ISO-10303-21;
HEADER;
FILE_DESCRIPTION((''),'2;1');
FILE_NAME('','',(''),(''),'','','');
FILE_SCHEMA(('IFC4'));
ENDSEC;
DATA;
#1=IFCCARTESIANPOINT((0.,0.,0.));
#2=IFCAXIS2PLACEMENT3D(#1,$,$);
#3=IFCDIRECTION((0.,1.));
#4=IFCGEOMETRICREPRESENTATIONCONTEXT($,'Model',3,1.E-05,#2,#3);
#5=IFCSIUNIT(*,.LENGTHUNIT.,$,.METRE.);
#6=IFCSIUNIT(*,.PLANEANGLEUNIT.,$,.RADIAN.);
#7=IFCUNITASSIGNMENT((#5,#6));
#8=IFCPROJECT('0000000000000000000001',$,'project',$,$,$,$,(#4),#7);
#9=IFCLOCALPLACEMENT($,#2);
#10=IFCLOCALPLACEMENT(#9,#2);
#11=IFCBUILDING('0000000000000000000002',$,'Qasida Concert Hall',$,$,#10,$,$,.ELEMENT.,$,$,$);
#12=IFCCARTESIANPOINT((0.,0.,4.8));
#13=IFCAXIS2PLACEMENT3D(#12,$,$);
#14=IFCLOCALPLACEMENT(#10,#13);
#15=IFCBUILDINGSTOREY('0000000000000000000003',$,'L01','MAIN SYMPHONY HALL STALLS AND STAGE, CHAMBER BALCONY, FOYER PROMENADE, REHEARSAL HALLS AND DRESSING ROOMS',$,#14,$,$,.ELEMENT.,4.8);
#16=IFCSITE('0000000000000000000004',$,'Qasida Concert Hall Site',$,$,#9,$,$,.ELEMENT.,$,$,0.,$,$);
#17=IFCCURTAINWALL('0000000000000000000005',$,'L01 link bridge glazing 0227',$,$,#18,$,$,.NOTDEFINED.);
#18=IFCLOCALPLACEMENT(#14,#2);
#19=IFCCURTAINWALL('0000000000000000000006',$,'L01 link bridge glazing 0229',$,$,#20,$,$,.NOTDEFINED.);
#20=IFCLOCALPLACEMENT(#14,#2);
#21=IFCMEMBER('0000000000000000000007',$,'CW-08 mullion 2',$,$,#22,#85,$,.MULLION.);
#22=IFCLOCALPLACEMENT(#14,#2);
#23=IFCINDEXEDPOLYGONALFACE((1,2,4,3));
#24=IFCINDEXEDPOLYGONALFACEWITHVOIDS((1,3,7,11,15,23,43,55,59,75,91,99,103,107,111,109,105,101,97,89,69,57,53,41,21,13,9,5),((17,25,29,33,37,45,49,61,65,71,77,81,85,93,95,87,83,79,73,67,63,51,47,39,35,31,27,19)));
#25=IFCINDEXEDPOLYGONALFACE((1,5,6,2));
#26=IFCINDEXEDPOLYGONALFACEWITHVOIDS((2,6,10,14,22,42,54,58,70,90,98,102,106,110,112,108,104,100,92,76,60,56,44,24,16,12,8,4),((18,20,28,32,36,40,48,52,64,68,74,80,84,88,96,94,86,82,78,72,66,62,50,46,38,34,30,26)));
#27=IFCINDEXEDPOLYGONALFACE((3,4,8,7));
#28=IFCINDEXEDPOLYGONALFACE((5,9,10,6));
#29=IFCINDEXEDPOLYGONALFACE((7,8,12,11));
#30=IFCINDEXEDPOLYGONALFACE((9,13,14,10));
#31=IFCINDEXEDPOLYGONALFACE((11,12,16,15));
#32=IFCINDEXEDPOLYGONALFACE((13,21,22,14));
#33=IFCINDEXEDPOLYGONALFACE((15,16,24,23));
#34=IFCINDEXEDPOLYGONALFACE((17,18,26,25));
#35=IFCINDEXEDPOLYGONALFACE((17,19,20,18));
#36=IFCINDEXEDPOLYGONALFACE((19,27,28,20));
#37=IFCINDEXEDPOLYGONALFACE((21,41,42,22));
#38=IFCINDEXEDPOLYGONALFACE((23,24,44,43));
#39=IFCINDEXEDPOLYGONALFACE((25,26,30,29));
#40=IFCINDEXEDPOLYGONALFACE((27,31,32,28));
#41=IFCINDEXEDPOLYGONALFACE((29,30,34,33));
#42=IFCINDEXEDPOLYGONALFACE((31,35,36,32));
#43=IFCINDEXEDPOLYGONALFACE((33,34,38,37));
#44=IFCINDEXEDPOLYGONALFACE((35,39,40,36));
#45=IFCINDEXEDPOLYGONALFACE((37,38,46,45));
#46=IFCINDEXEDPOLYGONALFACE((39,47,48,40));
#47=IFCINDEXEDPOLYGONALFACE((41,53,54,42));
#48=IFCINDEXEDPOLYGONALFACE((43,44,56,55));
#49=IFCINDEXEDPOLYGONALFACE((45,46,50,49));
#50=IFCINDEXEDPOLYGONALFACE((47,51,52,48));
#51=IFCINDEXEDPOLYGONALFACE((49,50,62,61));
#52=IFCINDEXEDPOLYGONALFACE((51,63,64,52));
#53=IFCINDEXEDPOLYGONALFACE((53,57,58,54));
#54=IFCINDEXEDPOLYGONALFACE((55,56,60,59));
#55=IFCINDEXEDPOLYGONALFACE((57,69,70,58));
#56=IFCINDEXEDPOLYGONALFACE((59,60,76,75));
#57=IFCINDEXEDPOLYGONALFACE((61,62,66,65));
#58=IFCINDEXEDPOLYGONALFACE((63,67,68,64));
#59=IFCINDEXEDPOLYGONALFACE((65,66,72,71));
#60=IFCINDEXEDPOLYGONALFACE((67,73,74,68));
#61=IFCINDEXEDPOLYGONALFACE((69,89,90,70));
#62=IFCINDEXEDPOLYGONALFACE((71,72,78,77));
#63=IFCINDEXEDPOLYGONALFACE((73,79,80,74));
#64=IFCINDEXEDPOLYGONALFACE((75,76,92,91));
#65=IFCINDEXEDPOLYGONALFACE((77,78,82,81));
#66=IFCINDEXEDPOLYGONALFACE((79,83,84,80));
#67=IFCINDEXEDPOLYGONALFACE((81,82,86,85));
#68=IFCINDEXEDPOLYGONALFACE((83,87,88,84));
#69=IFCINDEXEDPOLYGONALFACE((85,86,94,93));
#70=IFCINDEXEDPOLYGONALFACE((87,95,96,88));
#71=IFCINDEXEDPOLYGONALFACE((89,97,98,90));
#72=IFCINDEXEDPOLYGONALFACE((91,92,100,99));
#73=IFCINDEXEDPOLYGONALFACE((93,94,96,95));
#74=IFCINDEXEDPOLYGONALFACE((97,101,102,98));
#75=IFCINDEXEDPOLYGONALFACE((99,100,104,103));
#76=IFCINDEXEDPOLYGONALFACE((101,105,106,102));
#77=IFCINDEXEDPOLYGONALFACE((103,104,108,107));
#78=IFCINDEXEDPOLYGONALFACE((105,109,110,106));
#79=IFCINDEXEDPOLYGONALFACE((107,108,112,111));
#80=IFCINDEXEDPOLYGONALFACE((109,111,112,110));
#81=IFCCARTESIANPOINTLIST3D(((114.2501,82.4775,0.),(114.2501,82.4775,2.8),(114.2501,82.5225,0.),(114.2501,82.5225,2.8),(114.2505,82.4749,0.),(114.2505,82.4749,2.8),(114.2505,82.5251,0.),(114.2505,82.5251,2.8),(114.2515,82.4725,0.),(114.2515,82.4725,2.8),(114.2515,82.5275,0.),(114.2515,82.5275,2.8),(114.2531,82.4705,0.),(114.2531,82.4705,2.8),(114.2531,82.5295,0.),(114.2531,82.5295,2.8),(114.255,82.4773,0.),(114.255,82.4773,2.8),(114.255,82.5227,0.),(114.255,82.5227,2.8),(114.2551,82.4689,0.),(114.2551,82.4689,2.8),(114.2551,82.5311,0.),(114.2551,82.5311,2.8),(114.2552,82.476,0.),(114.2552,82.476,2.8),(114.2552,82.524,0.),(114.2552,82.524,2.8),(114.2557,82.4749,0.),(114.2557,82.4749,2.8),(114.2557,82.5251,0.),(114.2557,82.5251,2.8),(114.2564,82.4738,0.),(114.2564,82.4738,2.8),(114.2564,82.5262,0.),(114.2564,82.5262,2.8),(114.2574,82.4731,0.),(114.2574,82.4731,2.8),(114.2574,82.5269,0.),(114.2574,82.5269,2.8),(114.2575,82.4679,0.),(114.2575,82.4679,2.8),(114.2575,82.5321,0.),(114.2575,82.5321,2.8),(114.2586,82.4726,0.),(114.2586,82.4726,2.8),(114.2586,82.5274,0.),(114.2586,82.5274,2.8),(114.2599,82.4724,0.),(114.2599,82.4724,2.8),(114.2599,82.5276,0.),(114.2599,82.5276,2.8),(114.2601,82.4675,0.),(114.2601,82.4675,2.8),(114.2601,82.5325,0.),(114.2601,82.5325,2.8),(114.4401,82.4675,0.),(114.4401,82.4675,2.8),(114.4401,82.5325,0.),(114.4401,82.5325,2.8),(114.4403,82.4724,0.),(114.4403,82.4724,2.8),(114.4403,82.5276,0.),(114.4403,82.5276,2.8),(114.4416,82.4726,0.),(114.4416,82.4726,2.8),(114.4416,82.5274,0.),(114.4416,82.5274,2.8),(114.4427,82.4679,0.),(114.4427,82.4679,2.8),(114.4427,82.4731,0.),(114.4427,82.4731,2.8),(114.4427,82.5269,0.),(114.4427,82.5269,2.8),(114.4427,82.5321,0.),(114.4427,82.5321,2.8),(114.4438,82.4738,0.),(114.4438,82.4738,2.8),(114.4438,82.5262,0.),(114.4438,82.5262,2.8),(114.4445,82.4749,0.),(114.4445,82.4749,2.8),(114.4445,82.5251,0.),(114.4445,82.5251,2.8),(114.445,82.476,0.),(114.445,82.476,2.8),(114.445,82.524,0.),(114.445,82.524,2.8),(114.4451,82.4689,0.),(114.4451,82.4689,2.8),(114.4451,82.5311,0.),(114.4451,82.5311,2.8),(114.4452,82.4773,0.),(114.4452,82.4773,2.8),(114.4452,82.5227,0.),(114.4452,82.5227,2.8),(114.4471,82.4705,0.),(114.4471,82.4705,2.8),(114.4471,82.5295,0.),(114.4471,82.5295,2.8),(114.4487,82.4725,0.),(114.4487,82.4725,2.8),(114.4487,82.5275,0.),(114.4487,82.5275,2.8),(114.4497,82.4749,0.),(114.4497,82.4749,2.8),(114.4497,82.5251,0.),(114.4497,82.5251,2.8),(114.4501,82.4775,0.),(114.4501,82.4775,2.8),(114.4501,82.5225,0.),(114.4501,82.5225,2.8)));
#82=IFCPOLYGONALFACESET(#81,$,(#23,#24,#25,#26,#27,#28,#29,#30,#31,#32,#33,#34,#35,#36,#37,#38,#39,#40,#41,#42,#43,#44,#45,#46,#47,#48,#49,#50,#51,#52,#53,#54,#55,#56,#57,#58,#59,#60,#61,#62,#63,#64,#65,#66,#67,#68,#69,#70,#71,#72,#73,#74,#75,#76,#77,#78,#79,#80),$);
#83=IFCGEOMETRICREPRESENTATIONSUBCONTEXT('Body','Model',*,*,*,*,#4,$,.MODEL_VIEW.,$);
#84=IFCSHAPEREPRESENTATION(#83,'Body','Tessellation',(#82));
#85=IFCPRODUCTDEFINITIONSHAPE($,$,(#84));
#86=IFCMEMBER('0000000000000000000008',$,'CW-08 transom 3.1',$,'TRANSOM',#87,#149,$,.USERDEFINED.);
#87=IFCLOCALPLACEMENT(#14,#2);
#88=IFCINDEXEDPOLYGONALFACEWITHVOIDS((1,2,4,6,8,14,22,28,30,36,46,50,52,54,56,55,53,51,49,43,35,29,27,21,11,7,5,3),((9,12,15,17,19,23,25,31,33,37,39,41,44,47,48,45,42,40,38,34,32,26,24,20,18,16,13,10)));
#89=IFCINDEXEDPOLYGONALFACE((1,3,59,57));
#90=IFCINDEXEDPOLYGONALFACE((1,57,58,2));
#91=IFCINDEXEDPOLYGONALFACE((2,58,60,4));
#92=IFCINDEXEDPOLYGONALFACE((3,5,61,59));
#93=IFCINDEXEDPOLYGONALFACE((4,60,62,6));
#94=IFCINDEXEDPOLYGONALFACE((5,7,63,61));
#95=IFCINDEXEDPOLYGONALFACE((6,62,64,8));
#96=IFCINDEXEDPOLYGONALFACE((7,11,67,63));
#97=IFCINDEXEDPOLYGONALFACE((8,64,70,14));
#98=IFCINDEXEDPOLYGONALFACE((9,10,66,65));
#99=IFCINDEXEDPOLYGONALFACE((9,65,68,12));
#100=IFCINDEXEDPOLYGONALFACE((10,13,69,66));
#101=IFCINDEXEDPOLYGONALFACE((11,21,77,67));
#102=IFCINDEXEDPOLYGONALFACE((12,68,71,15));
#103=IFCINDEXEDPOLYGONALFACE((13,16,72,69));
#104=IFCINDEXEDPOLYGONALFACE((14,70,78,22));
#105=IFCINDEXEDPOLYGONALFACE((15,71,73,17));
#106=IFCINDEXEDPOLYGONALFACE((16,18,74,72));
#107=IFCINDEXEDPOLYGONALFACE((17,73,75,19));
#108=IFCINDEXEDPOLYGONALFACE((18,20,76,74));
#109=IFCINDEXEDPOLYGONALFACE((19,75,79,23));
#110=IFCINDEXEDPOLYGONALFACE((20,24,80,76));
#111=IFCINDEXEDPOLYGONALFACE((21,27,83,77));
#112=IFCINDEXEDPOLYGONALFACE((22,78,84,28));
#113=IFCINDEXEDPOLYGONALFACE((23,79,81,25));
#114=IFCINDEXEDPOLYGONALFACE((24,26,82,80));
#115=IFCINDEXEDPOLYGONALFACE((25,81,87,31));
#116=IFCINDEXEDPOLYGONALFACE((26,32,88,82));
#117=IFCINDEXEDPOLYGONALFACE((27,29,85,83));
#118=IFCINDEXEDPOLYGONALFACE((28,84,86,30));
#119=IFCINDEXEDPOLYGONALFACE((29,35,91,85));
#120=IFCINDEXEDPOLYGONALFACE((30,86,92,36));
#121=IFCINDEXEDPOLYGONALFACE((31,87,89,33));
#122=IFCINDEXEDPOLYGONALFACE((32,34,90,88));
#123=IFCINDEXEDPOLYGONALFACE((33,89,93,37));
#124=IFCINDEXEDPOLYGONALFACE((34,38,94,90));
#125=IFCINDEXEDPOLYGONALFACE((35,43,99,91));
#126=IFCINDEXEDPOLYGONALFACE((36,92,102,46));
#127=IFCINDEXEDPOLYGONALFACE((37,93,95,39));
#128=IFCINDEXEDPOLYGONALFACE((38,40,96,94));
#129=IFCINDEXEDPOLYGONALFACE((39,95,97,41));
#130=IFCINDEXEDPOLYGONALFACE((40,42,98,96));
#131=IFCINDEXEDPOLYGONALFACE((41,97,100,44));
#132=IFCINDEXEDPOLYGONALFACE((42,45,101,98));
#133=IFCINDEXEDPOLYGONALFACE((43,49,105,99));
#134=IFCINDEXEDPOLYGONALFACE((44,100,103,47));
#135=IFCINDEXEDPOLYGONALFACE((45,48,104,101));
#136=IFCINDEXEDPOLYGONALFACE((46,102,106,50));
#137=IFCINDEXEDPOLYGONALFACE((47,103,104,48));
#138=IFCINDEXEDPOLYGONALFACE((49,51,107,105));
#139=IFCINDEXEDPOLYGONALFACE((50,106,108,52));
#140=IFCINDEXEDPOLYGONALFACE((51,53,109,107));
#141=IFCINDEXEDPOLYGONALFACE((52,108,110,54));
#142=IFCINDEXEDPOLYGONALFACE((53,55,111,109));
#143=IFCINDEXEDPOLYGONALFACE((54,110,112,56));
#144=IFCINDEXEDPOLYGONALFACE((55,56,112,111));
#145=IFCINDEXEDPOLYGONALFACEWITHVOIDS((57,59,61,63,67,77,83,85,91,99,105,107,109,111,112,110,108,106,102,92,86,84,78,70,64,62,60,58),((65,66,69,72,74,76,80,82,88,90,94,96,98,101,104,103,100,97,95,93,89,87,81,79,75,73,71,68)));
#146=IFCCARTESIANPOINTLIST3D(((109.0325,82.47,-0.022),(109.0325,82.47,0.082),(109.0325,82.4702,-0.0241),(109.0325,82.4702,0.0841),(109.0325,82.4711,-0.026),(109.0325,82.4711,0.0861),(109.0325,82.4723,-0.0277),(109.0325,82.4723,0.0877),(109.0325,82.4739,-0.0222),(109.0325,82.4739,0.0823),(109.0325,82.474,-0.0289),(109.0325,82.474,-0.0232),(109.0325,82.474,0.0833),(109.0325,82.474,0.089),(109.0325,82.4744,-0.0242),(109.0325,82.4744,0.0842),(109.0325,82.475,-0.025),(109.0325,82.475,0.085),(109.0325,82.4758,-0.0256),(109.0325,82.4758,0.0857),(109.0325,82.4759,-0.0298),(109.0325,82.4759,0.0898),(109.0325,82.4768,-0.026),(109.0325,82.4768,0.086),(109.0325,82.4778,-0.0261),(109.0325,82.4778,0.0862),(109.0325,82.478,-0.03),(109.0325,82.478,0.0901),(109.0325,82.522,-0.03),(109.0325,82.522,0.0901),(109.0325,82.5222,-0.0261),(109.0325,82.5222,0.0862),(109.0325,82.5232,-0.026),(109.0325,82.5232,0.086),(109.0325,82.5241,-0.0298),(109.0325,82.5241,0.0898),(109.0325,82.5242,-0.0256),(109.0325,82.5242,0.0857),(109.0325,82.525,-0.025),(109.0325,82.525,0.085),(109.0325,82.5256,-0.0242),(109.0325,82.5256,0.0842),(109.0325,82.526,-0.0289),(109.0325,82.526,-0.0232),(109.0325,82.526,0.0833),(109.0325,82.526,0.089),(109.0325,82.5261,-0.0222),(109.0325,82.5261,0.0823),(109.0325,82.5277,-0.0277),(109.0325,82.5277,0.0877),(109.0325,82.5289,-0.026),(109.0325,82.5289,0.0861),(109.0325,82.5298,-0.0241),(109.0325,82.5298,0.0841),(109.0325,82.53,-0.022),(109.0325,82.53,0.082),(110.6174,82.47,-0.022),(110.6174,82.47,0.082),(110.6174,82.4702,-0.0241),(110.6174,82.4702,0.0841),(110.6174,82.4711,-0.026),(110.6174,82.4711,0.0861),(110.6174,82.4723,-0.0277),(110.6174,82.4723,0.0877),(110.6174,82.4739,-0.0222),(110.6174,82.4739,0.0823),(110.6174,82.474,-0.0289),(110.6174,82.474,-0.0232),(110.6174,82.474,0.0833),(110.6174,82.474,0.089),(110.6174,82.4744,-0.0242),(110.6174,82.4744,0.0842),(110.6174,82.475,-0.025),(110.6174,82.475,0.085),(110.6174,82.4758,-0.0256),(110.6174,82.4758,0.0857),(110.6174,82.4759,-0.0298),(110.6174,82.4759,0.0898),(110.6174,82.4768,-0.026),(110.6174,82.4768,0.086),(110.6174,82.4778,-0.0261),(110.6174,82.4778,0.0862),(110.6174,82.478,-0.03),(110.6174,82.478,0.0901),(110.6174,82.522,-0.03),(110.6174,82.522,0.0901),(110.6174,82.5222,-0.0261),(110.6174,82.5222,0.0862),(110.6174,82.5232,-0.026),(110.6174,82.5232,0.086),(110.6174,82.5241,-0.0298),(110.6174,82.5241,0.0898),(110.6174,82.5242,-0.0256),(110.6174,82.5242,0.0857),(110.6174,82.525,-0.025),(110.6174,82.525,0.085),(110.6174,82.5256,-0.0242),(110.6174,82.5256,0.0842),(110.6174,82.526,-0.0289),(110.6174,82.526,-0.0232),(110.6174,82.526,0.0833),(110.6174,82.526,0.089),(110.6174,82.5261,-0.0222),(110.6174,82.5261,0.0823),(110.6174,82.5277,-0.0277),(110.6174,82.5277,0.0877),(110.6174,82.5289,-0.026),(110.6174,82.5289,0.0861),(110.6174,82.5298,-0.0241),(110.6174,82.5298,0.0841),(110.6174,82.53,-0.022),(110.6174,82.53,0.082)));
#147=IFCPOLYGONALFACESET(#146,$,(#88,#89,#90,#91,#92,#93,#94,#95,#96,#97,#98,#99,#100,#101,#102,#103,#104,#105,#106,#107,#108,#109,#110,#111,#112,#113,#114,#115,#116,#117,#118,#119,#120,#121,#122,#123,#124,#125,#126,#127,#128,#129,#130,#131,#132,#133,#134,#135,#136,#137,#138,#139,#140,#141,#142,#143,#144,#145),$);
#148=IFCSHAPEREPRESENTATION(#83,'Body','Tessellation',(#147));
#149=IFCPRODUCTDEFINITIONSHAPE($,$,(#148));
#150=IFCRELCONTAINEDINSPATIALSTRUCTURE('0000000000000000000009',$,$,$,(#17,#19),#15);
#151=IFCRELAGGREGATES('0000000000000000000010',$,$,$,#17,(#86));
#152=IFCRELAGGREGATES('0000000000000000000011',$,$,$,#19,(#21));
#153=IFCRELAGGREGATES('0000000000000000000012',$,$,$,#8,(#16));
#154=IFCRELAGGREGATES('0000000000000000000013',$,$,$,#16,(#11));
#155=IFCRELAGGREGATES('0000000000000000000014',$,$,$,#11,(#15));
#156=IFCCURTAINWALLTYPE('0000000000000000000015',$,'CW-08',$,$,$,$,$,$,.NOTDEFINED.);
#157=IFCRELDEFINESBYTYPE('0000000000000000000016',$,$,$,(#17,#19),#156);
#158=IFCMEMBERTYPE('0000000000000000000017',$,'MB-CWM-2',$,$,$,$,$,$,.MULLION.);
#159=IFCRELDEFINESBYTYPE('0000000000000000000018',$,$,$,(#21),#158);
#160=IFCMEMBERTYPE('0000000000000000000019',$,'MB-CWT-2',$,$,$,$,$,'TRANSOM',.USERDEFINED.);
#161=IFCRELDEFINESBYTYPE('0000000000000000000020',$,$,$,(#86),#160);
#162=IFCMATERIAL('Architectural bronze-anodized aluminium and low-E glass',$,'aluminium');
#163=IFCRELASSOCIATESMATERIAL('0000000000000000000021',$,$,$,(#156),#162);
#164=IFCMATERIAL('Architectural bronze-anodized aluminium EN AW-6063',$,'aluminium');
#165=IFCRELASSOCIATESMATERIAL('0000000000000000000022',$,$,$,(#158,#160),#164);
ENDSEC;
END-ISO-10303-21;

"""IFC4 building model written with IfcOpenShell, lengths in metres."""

from ifc_helpers import new_model, si_unit, direction, frame, origin, origin_2d, place, context, subcontext, project, spatial, hollow_rectangle, extrude, material, material_profile, profile_set, type_object, element, aggregate, save


model = new_model("IFC4")

# Units and contexts
model_context = context("Model", 3, precision=1e-05, world=origin(), true_north=direction((0.0, 1.0)))
body_context = subcontext(model_context, "Body", "Model", "MODEL_VIEW")
ifc_project = project(units=[si_unit("LENGTHUNIT", "METRE"), si_unit("PLANEANGLEUNIT", "RADIAN")], contexts=[model_context])

# Site, building, storey
site_placement = place(None, origin())
site = spatial("IfcSite", under=ifc_project, at=site_placement, Name="Qasida Concert Hall Site", CompositionType="ELEMENT", RefElevation=0.0)
building_placement = place(site_placement, origin())
building = spatial("IfcBuilding", under=site, at=building_placement, Name="Qasida Concert Hall", CompositionType="ELEMENT")
storey_placement = place(building_placement, frame((0.0, 0.0, 4.8)))
storey = spatial("IfcBuildingStorey", under=building, at=storey_placement, Name="L01", Description="MAIN SYMPHONY HALL STALLS AND STAGE, CHAMBER BALCONY, FOYER PROMENADE, REHEARSAL HALLS AND DRESSING ROOMS", CompositionType="ELEMENT", Elevation=4.8)

# Curtain walls, member
ifc_material_1 = material(Name="Architectural bronze-anodized aluminium and low-E glass", Category="aluminium")
curtain_wall_type = type_object("IfcCurtainWallType", Name="CW-08", PredefinedType="NOTDEFINED", material=ifc_material_1)
curtain_wall_1_placement = place(storey_placement, origin())
curtain_wall_1 = element("IfcCurtainWall", 1, at=curtain_wall_1_placement, inside=storey, type_object=curtain_wall_type, Name="L01 link bridge glazing 0227", PredefinedType="NOTDEFINED")
ifc_material_2 = material(Name="Architectural bronze-anodized aluminium EN AW-6063", Category="aluminium")
ifc_material_profile_1 = material_profile(ifc_material_2, hollow_rectangle(XDim=0.0649, YDim=0.2, WallThickness=0.0049, InnerFilletRadius=0.0049, OuterFilletRadius=0.01, at=origin_2d()), Name="CWM 200x65x5")
ifc_profile_set_1 = profile_set([ifc_material_profile_1], Name="Architectural bronze-anodized aluminium EN AW-6063")
member_type_1 = type_object("IfcMemberType", Name="MB-CWM-2", PredefinedType="MULLION", material=ifc_profile_set_1)
curtain_wall_2_placement = place(storey_placement, origin())
curtain_wall_2 = element("IfcCurtainWall", 2, at=curtain_wall_2_placement, inside=storey, type_object=curtain_wall_type, Name="L01 link bridge glazing 0229", PredefinedType="NOTDEFINED")
member_1_placement = place(storey_placement, frame((114.3501, 82.5, 0.0), z_axis=(0.0, 0.0, 1.0), x_axis=(0.0, 1.0, 0.0)))
member_1 = element("IfcMember", 3, at=member_1_placement, type_object=member_type_1, Name="CW-08 mullion 2", PredefinedType="MULLION", context=body_context, shape_type="SweptSolid", body=[
    extrude(hollow_rectangle(XDim=0.0649, YDim=0.2, WallThickness=0.0049, InnerFilletRadius=0.0049, OuterFilletRadius=0.01, at=origin_2d()), origin(), (0.0, 0.0, 1.0), 2.8),
])

# Member
ifc_material_profile_2 = material_profile(ifc_material_2, hollow_rectangle(XDim=0.0601, YDim=0.1201, WallThickness=0.0039, InnerFilletRadius=0.0039, OuterFilletRadius=0.0081, at=origin_2d()), Name="CWT 120x60x4")
ifc_profile_set_2 = profile_set([ifc_material_profile_2], Name="Architectural bronze-anodized aluminium EN AW-6063")
member_type_2 = type_object("IfcMemberType", Name="MB-CWT-2", ElementType="TRANSOM", PredefinedType="USERDEFINED", material=ifc_profile_set_2)
member_2_placement = place(storey_placement, frame((109.0325, 82.5, 0.03), z_axis=(1.0, 0.0, 0.0), x_axis=(0.0, 1.0, 0.0)))
member_2 = element("IfcMember", 4, at=member_2_placement, type_object=member_type_2, Name="CW-08 transom 3.1", ObjectType="TRANSOM", PredefinedType="USERDEFINED", context=body_context, shape_type="SweptSolid", body=[
    extrude(hollow_rectangle(XDim=0.0601, YDim=0.1201, WallThickness=0.0039, InnerFilletRadius=0.0039, OuterFilletRadius=0.0081, at=origin_2d()), origin(), (0.0, 0.0, 1.0), 1.585),
])

aggregate(curtain_wall_1, [member_2])
aggregate(curtain_wall_2, [member_1])

save(model, "model.ifc")
